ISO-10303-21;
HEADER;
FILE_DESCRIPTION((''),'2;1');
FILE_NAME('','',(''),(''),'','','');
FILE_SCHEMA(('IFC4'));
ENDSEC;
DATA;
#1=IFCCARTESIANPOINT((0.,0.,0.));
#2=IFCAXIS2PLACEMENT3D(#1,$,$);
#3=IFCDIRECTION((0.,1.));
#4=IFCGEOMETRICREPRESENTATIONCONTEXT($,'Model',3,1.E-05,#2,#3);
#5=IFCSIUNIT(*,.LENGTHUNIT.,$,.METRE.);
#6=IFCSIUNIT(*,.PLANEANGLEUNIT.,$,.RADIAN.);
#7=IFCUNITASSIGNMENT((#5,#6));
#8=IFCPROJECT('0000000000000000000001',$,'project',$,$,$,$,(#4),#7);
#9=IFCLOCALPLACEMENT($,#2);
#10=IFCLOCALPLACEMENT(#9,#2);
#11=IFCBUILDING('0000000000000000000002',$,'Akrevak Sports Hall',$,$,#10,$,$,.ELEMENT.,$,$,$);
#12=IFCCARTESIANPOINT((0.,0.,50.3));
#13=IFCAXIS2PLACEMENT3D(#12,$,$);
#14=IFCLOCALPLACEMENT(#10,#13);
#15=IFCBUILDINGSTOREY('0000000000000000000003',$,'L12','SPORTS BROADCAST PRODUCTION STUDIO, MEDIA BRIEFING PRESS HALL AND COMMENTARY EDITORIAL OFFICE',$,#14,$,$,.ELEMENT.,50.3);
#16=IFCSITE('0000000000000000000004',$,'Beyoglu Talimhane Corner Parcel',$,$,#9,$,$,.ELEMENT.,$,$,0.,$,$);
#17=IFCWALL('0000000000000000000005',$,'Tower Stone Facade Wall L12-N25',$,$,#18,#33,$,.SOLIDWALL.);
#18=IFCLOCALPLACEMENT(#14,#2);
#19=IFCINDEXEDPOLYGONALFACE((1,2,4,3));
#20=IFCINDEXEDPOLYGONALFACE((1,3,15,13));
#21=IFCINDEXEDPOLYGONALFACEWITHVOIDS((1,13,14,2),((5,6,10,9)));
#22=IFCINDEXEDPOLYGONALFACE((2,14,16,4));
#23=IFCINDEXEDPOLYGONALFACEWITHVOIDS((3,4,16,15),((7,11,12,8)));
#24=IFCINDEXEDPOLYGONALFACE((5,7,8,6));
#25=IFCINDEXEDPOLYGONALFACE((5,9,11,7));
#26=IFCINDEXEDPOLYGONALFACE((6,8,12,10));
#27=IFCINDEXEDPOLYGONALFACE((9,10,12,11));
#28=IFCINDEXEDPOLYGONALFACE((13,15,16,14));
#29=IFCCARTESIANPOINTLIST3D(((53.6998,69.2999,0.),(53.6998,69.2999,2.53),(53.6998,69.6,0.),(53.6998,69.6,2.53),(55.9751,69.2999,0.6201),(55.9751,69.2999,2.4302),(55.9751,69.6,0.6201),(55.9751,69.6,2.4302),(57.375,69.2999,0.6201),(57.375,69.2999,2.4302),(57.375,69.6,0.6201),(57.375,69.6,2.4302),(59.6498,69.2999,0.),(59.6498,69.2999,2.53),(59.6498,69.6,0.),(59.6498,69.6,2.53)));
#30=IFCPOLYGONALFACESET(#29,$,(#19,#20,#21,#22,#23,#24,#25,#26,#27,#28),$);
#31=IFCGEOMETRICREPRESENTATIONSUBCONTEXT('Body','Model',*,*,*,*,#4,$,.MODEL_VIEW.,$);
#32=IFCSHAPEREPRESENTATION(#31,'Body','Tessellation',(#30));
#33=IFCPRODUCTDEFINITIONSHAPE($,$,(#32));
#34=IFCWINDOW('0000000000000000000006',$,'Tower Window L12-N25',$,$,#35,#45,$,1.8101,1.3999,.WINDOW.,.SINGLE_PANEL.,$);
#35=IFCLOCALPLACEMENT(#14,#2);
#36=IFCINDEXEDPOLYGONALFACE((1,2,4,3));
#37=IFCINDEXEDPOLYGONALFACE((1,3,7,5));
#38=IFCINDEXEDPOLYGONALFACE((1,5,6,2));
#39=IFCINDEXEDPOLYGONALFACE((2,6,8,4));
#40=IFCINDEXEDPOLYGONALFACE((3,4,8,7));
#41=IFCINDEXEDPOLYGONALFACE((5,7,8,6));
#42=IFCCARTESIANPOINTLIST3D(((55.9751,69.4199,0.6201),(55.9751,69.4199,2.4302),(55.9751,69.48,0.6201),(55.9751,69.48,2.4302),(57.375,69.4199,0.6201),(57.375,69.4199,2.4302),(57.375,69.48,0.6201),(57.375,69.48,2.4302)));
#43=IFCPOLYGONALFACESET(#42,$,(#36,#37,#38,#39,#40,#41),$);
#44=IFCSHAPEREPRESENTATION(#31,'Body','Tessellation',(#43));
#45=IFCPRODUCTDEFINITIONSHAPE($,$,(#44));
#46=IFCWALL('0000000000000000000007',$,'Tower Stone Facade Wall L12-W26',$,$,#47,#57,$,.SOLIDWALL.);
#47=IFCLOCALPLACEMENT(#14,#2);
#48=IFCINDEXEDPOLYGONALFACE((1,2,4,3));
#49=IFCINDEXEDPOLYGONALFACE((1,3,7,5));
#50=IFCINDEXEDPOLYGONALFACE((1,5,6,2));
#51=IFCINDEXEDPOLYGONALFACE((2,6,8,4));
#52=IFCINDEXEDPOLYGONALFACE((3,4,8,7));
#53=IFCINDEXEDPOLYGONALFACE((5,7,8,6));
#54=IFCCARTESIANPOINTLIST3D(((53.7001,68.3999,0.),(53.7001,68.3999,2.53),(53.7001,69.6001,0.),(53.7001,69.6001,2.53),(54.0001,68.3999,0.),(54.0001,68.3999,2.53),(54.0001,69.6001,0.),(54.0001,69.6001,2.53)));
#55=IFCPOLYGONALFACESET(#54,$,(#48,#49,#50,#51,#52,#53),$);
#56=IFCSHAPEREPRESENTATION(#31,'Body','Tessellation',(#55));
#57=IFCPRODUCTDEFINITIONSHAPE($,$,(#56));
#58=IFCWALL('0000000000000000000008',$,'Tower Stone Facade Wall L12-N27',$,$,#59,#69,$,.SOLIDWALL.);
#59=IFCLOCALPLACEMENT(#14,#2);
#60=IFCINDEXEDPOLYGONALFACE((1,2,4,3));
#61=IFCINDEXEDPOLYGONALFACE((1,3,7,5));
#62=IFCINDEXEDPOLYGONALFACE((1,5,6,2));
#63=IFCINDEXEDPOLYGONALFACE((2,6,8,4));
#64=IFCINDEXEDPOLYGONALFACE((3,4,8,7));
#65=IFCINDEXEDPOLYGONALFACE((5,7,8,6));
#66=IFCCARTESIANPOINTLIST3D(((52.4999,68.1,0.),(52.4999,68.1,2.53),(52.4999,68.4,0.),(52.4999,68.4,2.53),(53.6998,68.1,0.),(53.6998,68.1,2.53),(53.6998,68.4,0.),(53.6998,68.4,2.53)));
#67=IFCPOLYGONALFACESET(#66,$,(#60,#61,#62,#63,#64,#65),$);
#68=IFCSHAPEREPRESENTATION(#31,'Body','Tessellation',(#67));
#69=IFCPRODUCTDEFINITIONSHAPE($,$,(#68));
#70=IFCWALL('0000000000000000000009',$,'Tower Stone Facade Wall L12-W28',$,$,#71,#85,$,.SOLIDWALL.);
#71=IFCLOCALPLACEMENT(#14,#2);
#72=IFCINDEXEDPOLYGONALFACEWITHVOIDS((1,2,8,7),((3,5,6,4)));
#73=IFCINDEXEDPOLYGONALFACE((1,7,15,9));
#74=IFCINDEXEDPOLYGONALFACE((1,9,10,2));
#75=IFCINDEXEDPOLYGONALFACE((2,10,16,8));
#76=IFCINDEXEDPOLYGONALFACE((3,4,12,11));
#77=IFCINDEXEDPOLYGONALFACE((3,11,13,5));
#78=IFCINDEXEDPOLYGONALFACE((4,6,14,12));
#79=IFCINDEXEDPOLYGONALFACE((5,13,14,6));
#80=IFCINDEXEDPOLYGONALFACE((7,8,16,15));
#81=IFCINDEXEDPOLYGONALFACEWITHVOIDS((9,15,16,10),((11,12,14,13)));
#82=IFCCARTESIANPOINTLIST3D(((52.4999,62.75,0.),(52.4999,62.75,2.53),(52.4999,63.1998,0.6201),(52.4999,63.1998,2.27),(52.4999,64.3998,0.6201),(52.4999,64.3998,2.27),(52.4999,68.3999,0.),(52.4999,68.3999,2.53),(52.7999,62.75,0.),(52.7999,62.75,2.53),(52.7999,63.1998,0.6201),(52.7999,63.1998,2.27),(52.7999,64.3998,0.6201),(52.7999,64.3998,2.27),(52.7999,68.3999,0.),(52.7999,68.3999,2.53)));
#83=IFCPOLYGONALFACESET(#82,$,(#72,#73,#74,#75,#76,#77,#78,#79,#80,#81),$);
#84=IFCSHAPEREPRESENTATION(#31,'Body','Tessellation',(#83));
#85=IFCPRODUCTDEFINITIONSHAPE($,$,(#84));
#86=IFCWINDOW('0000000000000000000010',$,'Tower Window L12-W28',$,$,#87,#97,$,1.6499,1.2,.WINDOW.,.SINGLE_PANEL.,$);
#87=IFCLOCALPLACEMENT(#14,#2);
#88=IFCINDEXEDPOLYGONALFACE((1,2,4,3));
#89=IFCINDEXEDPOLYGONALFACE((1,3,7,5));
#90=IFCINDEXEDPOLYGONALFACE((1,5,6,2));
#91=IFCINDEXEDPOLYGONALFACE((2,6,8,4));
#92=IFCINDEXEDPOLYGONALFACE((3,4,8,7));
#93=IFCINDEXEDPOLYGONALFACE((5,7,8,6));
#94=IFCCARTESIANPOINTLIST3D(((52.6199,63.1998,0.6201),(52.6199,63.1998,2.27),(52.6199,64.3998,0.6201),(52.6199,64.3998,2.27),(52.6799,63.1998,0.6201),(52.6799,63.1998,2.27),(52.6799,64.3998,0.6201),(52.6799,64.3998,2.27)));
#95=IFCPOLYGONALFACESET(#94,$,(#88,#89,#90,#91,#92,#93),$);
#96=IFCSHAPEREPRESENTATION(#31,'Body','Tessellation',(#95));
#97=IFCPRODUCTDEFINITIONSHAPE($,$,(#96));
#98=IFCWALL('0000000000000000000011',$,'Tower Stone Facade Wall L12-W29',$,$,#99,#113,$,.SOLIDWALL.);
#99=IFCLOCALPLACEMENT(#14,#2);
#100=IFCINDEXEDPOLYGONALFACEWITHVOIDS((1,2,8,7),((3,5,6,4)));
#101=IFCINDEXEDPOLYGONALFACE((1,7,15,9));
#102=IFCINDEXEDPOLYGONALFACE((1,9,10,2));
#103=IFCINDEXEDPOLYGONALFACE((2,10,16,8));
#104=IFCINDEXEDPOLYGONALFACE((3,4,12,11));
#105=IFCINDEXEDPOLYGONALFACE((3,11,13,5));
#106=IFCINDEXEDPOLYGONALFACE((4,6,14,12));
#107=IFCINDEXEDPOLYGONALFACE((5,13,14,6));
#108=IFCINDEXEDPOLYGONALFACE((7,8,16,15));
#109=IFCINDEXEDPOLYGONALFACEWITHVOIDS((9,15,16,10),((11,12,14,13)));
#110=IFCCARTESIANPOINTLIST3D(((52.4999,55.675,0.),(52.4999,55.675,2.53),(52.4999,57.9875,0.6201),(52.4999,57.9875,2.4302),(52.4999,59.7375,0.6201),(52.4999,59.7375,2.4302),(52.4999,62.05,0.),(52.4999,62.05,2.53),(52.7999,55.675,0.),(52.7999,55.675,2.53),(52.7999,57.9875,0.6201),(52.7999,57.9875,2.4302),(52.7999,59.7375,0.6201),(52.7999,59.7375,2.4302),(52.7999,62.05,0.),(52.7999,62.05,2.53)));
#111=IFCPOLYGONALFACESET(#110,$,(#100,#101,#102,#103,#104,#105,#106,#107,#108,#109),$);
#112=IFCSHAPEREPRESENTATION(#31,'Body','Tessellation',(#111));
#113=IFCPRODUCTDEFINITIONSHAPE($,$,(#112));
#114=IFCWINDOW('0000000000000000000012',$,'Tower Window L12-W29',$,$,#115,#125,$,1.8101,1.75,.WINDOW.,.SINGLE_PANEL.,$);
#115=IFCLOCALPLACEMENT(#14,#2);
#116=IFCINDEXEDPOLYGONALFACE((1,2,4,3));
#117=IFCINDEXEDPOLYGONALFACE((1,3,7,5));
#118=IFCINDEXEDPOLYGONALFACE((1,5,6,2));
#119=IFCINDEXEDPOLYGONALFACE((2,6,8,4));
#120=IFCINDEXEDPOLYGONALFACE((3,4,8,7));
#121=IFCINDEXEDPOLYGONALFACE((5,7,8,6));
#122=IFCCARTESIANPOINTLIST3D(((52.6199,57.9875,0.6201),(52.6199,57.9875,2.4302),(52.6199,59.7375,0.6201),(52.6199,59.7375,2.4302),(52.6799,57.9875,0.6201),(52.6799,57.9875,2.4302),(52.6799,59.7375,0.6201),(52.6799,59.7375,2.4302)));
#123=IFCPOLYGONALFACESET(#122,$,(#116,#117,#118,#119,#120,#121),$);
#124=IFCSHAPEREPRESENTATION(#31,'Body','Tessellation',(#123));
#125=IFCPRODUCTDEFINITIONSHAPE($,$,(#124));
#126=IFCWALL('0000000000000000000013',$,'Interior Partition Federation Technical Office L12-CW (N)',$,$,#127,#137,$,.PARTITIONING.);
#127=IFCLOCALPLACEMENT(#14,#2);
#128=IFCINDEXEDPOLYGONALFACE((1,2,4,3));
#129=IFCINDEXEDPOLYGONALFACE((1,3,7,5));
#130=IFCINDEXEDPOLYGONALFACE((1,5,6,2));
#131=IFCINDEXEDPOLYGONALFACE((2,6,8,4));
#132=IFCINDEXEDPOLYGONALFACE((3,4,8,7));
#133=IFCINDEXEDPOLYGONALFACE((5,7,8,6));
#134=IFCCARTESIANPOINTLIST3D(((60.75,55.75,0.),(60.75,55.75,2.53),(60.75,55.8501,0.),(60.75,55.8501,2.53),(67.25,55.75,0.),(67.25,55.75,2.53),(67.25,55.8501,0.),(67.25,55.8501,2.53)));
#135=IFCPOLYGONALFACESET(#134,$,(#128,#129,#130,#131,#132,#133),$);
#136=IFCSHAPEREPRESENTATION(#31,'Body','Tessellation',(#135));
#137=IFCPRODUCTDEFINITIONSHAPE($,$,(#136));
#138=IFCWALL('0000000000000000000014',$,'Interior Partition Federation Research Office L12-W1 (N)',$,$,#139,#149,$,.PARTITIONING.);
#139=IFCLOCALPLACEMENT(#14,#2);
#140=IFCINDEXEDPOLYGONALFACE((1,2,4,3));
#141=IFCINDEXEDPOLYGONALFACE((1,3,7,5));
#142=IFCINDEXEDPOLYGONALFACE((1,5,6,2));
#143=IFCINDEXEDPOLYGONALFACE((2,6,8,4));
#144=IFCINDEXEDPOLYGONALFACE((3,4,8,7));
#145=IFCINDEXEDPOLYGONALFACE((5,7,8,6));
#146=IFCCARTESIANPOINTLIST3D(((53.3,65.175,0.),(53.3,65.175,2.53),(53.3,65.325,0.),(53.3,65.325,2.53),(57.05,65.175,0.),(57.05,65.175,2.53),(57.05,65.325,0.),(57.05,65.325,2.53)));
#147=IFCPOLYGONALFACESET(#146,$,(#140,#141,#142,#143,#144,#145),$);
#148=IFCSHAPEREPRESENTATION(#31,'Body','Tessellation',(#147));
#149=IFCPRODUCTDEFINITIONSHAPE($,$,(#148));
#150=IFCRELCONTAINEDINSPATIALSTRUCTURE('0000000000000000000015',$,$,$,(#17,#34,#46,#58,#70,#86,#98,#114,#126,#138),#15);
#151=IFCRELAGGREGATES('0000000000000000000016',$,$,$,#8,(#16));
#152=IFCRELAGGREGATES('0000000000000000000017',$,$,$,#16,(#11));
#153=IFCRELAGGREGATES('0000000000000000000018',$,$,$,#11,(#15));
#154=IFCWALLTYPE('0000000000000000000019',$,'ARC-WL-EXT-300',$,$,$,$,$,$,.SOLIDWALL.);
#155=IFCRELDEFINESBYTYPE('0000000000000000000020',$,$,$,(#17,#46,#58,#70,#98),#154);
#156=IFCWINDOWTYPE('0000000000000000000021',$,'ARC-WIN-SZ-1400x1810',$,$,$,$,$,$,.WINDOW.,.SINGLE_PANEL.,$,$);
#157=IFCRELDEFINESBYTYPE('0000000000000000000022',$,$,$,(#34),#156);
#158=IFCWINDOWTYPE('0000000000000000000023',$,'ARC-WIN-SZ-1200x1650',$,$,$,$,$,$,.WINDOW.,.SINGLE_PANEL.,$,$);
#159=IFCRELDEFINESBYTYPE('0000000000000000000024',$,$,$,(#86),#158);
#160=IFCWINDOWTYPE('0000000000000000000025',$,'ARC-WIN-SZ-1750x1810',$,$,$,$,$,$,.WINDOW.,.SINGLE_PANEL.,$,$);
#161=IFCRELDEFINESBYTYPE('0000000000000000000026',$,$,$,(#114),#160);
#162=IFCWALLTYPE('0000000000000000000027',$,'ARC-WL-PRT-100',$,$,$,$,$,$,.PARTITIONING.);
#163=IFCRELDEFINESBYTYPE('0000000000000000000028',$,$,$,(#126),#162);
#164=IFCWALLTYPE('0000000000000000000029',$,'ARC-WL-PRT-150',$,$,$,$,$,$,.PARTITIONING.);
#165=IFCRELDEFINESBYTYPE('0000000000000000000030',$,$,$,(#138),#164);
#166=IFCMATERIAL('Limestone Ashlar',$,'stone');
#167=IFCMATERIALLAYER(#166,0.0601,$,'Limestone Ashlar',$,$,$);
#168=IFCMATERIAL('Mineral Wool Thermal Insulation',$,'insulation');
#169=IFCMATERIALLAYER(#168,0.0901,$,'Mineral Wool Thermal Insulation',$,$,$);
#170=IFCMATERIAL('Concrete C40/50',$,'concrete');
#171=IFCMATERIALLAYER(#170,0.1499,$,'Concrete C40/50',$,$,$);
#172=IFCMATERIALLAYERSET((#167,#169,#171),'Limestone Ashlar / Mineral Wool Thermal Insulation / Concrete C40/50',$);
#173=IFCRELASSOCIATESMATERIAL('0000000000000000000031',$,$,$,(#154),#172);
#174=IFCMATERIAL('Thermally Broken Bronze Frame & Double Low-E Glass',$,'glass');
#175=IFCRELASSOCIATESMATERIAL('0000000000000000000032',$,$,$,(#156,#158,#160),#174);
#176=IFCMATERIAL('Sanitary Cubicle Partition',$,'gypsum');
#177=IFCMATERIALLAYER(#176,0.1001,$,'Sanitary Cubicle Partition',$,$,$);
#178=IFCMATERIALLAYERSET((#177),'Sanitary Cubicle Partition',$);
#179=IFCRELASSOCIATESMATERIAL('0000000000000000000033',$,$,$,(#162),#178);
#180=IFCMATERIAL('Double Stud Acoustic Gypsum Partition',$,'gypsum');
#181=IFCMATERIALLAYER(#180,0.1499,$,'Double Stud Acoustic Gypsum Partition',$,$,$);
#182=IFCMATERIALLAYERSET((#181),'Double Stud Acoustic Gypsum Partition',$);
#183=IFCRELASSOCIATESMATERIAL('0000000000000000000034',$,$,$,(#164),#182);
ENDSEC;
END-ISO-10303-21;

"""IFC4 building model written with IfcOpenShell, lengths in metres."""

from ifc_helpers import new_model, si_unit, direction, frame, frame_2d, origin, place, context, subcontext, project, spatial, rectangle, extrude, material, layer, layer_set, type_object, element, fill, save


model = new_model("IFC4")

# Units and contexts
model_context = context("Model", 3, precision=1e-05, world=origin(), true_north=direction((0.0, 1.0)))
body_context = subcontext(model_context, "Body", "Model", "MODEL_VIEW")
ifc_project = project(units=[si_unit("LENGTHUNIT", "METRE"), si_unit("PLANEANGLEUNIT", "RADIAN")], contexts=[model_context])

# Site, building, storey
site_placement = place(None, origin())
site = spatial("IfcSite", under=ifc_project, at=site_placement, Name="Beyoglu Talimhane Corner Parcel", CompositionType="ELEMENT", RefElevation=0.0)
building_placement = place(site_placement, origin())
building = spatial("IfcBuilding", under=site, at=building_placement, Name="Akrevak Sports Hall", CompositionType="ELEMENT")
storey_placement = place(building_placement, frame((0.0, 0.0, 50.3)))
storey = spatial("IfcBuildingStorey", under=building, at=storey_placement, Name="L12", Description="SPORTS BROADCAST PRODUCTION STUDIO, MEDIA BRIEFING PRESS HALL AND COMMENTARY EDITORIAL OFFICE", CompositionType="ELEMENT", Elevation=50.3)

# Shared definitions
ifc_material_1 = material(Name="Concrete C40/50", Category="concrete")

# Wall, opening, window
ifc_material_2 = material(Name="Limestone Ashlar", Category="stone")
ifc_layer_1 = layer(ifc_material_2, 0.0601, Name="Limestone Ashlar")
ifc_material_3 = material(Name="Mineral Wool Thermal Insulation", Category="insulation")
ifc_layer_2 = layer(ifc_material_3, 0.0901, Name="Mineral Wool Thermal Insulation")
ifc_layer_3 = layer(ifc_material_1, 0.1499, Name="Concrete C40/50")
ifc_layer_set_1 = layer_set([ifc_layer_1, ifc_layer_2, ifc_layer_3], Name="Limestone Ashlar / Mineral Wool Thermal Insulation / Concrete C40/50")
wall_type_1 = type_object("IfcWallType", Name="ARC-WL-EXT-300", PredefinedType="SOLIDWALL", material=ifc_layer_set_1)
wall_1_placement = place(storey_placement, frame((59.6499, 69.45, 0.0), z_axis=(0.0, 0.0, 1.0), x_axis=(-1.0, 0.0, 0.0)))
wall_1 = element("IfcWall", 1, at=wall_1_placement, inside=storey, type_object=wall_type_1, Name="Tower Stone Facade Wall L12-N25", PredefinedType="SOLIDWALL", context=body_context, shape_type="SweptSolid", body=[
    extrude(rectangle(XDim=5.95, YDim=0.3, at=frame_2d((2.9751, 0.0))), origin(), (0.0, 0.0, 1.0), 2.53),
])
opening_1_placement = place(wall_1_placement, frame((2.2749, 0.0, 0.6201)))
opening_1 = element("IfcOpeningElement", 2, at=opening_1_placement, cuts=wall_1, PredefinedType="OPENING", context=body_context, shape_type="SweptSolid", body=[
    extrude(rectangle(XDim=1.3999, YDim=1.8101, at=frame_2d((0.7, 0.905))), frame((0.0, 0.1621, 0.0), z_axis=(0.0, -1.0, 0.0), x_axis=(1.0, 0.0, 0.0)), (0.0, 0.0, 1.0), 0.324),
])
ifc_material_4 = material(Name="Thermally Broken Bronze Frame & Double Low-E Glass", Category="glass")
window_type_1 = type_object("IfcWindowType", Name="ARC-WIN-SZ-1400x1810", PartitioningType="SINGLE_PANEL", PredefinedType="WINDOW", material=ifc_material_4)
window_1_placement = place(opening_1_placement, origin())
window_1 = element("IfcWindow", 3, at=window_1_placement, inside=storey, type_object=window_type_1, Name="Tower Window L12-N25", OverallHeight=1.8101, OverallWidth=1.3999, PartitioningType="SINGLE_PANEL", PredefinedType="WINDOW", context=body_context, shape_type="SweptSolid", body=[
    extrude(rectangle(XDim=1.3999, YDim=1.8101, at=frame_2d((0.7, 0.905))), frame((0.0, 0.03, 0.0), z_axis=(0.0, -1.0, 0.0), x_axis=(1.0, 0.0, 0.0)), (0.0, 0.0, 1.0), 0.0601),
])
fill(opening_1, window_1)

# Walls
wall_2_placement = place(storey_placement, frame((53.8501, 69.6001, 0.0), z_axis=(0.0, 0.0, 1.0), x_axis=(0.0, -1.0, 0.0)))
element("IfcWall", 4, at=wall_2_placement, inside=storey, type_object=wall_type_1, Name="Tower Stone Facade Wall L12-W26", PredefinedType="SOLIDWALL", context=body_context, shape_type="SweptSolid", body=[
    extrude(rectangle(XDim=1.2002, YDim=0.3, at=frame_2d((0.6001, 0.0))), origin(), (0.0, 0.0, 1.0), 2.53),
])
wall_3_placement = place(storey_placement, frame((53.7, 68.25, 0.0), z_axis=(0.0, 0.0, 1.0), x_axis=(-1.0, 0.0, 0.0)))
element("IfcWall", 5, at=wall_3_placement, inside=storey, type_object=wall_type_1, Name="Tower Stone Facade Wall L12-N27", PredefinedType="SOLIDWALL", context=body_context, shape_type="SweptSolid", body=[
    extrude(rectangle(XDim=1.2, YDim=0.3, at=frame_2d((0.6001, 0.0))), origin(), (0.0, 0.0, 1.0), 2.53),
])

# Walls, openings, windows
wall_4_placement = place(storey_placement, frame((52.6499, 68.3999, 0.0), z_axis=(0.0, 0.0, 1.0), x_axis=(0.0, -1.0, 0.0)))
wall_4 = element("IfcWall", 6, at=wall_4_placement, inside=storey, type_object=wall_type_1, Name="Tower Stone Facade Wall L12-W28", PredefinedType="SOLIDWALL", context=body_context, shape_type="SweptSolid", body=[
    extrude(rectangle(XDim=5.6499, YDim=0.3, at=frame_2d((2.825, 0.0))), origin(), (0.0, 0.0, 1.0), 2.53),
])
opening_2_placement = place(wall_4_placement, frame((4.0, 0.0, 0.6201)))
opening_2 = element("IfcOpeningElement", 7, at=opening_2_placement, cuts=wall_4, PredefinedType="OPENING", context=body_context, shape_type="SweptSolid", body=[
    extrude(rectangle(XDim=1.2, YDim=1.6499, at=frame_2d((0.6001, 0.825))), frame((0.0, 0.1621, 0.0), z_axis=(0.0, -1.0, 0.0), x_axis=(1.0, 0.0, 0.0)), (0.0, 0.0, 1.0), 0.324),
])
window_type_2 = type_object("IfcWindowType", Name="ARC-WIN-SZ-1200x1650", PartitioningType="SINGLE_PANEL", PredefinedType="WINDOW", material=ifc_material_4)
window_2_placement = place(opening_2_placement, origin())
window_2 = element("IfcWindow", 8, at=window_2_placement, inside=storey, type_object=window_type_2, Name="Tower Window L12-W28", OverallHeight=1.6499, OverallWidth=1.2, PartitioningType="SINGLE_PANEL", PredefinedType="WINDOW", context=body_context, shape_type="SweptSolid", body=[
    extrude(rectangle(XDim=1.2, YDim=1.6499, at=frame_2d((0.6001, 0.825))), frame((0.0, 0.03, 0.0), z_axis=(0.0, -1.0, 0.0), x_axis=(1.0, 0.0, 0.0)), (0.0, 0.0, 1.0), 0.0601),
])
fill(opening_2, window_2)
wall_5_placement = place(storey_placement, frame((52.6499, 62.05, 0.0), z_axis=(0.0, 0.0, 1.0), x_axis=(0.0, -1.0, 0.0)))
wall_5 = element("IfcWall", 9, at=wall_5_placement, inside=storey, type_object=wall_type_1, Name="Tower Stone Facade Wall L12-W29", PredefinedType="SOLIDWALL", context=body_context, shape_type="SweptSolid", body=[
    extrude(rectangle(XDim=6.375, YDim=0.3, at=frame_2d((3.1875, 0.0))), origin(), (0.0, 0.0, 1.0), 2.53),
])
opening_3_placement = place(wall_5_placement, frame((2.3125, 0.0, 0.6201)))
opening_3 = element("IfcOpeningElement", 10, at=opening_3_placement, cuts=wall_5, PredefinedType="OPENING", context=body_context, shape_type="SweptSolid", body=[
    extrude(rectangle(XDim=1.75, YDim=1.8101, at=frame_2d((0.875, 0.905))), frame((0.0, 0.1621, 0.0), z_axis=(0.0, -1.0, 0.0), x_axis=(1.0, 0.0, 0.0)), (0.0, 0.0, 1.0), 0.324),
])
window_type_3 = type_object("IfcWindowType", Name="ARC-WIN-SZ-1750x1810", PartitioningType="SINGLE_PANEL", PredefinedType="WINDOW", material=ifc_material_4)
window_3_placement = place(opening_3_placement, origin())
window_3 = element("IfcWindow", 11, at=window_3_placement, inside=storey, type_object=window_type_3, Name="Tower Window L12-W29", OverallHeight=1.8101, OverallWidth=1.75, PartitioningType="SINGLE_PANEL", PredefinedType="WINDOW", context=body_context, shape_type="SweptSolid", body=[
    extrude(rectangle(XDim=1.75, YDim=1.8101, at=frame_2d((0.875, 0.905))), frame((0.0, 0.03, 0.0), z_axis=(0.0, -1.0, 0.0), x_axis=(1.0, 0.0, 0.0)), (0.0, 0.0, 1.0), 0.0601),
])
fill(opening_3, window_3)

# Walls
ifc_material_5 = material(Name="Sanitary Cubicle Partition", Category="gypsum")
ifc_layer_4 = layer(ifc_material_5, 0.1001, Name="Sanitary Cubicle Partition")
ifc_layer_set_2 = layer_set([ifc_layer_4], Name="Sanitary Cubicle Partition")
wall_type_2 = type_object("IfcWallType", Name="ARC-WL-PRT-100", PredefinedType="PARTITIONING", material=ifc_layer_set_2)
wall_6_placement = place(storey_placement, frame((60.75, 55.8, 0.0), z_axis=(0.0, 0.0, 1.0), x_axis=(1.0, 0.0, 0.0)))
element("IfcWall", 12, at=wall_6_placement, inside=storey, type_object=wall_type_2, Name="Interior Partition Federation Technical Office L12-CW (N)", PredefinedType="PARTITIONING", context=body_context, shape_type="SweptSolid", body=[
    extrude(rectangle(XDim=6.5, YDim=0.1001, at=frame_2d((3.25, 0.0))), origin(), (0.0, 0.0, 1.0), 2.53),
])
ifc_material_6 = material(Name="Double Stud Acoustic Gypsum Partition", Category="gypsum")
ifc_layer_5 = layer(ifc_material_6, 0.1499, Name="Double Stud Acoustic Gypsum Partition")
ifc_layer_set_3 = layer_set([ifc_layer_5], Name="Double Stud Acoustic Gypsum Partition")
wall_type_3 = type_object("IfcWallType", Name="ARC-WL-PRT-150", PredefinedType="PARTITIONING", material=ifc_layer_set_3)
wall_7_placement = place(storey_placement, frame((53.3, 65.25, 0.0), z_axis=(0.0, 0.0, 1.0), x_axis=(1.0, 0.0, 0.0)))
element("IfcWall", 13, at=wall_7_placement, inside=storey, type_object=wall_type_3, Name="Interior Partition Federation Research Office L12-W1 (N)", PredefinedType="PARTITIONING", context=body_context, shape_type="SweptSolid", body=[
    extrude(rectangle(XDim=3.75, YDim=0.1499, at=frame_2d((1.875, 0.0))), origin(), (0.0, 0.0, 1.0), 2.53),
])

save(model, "model.ifc")
